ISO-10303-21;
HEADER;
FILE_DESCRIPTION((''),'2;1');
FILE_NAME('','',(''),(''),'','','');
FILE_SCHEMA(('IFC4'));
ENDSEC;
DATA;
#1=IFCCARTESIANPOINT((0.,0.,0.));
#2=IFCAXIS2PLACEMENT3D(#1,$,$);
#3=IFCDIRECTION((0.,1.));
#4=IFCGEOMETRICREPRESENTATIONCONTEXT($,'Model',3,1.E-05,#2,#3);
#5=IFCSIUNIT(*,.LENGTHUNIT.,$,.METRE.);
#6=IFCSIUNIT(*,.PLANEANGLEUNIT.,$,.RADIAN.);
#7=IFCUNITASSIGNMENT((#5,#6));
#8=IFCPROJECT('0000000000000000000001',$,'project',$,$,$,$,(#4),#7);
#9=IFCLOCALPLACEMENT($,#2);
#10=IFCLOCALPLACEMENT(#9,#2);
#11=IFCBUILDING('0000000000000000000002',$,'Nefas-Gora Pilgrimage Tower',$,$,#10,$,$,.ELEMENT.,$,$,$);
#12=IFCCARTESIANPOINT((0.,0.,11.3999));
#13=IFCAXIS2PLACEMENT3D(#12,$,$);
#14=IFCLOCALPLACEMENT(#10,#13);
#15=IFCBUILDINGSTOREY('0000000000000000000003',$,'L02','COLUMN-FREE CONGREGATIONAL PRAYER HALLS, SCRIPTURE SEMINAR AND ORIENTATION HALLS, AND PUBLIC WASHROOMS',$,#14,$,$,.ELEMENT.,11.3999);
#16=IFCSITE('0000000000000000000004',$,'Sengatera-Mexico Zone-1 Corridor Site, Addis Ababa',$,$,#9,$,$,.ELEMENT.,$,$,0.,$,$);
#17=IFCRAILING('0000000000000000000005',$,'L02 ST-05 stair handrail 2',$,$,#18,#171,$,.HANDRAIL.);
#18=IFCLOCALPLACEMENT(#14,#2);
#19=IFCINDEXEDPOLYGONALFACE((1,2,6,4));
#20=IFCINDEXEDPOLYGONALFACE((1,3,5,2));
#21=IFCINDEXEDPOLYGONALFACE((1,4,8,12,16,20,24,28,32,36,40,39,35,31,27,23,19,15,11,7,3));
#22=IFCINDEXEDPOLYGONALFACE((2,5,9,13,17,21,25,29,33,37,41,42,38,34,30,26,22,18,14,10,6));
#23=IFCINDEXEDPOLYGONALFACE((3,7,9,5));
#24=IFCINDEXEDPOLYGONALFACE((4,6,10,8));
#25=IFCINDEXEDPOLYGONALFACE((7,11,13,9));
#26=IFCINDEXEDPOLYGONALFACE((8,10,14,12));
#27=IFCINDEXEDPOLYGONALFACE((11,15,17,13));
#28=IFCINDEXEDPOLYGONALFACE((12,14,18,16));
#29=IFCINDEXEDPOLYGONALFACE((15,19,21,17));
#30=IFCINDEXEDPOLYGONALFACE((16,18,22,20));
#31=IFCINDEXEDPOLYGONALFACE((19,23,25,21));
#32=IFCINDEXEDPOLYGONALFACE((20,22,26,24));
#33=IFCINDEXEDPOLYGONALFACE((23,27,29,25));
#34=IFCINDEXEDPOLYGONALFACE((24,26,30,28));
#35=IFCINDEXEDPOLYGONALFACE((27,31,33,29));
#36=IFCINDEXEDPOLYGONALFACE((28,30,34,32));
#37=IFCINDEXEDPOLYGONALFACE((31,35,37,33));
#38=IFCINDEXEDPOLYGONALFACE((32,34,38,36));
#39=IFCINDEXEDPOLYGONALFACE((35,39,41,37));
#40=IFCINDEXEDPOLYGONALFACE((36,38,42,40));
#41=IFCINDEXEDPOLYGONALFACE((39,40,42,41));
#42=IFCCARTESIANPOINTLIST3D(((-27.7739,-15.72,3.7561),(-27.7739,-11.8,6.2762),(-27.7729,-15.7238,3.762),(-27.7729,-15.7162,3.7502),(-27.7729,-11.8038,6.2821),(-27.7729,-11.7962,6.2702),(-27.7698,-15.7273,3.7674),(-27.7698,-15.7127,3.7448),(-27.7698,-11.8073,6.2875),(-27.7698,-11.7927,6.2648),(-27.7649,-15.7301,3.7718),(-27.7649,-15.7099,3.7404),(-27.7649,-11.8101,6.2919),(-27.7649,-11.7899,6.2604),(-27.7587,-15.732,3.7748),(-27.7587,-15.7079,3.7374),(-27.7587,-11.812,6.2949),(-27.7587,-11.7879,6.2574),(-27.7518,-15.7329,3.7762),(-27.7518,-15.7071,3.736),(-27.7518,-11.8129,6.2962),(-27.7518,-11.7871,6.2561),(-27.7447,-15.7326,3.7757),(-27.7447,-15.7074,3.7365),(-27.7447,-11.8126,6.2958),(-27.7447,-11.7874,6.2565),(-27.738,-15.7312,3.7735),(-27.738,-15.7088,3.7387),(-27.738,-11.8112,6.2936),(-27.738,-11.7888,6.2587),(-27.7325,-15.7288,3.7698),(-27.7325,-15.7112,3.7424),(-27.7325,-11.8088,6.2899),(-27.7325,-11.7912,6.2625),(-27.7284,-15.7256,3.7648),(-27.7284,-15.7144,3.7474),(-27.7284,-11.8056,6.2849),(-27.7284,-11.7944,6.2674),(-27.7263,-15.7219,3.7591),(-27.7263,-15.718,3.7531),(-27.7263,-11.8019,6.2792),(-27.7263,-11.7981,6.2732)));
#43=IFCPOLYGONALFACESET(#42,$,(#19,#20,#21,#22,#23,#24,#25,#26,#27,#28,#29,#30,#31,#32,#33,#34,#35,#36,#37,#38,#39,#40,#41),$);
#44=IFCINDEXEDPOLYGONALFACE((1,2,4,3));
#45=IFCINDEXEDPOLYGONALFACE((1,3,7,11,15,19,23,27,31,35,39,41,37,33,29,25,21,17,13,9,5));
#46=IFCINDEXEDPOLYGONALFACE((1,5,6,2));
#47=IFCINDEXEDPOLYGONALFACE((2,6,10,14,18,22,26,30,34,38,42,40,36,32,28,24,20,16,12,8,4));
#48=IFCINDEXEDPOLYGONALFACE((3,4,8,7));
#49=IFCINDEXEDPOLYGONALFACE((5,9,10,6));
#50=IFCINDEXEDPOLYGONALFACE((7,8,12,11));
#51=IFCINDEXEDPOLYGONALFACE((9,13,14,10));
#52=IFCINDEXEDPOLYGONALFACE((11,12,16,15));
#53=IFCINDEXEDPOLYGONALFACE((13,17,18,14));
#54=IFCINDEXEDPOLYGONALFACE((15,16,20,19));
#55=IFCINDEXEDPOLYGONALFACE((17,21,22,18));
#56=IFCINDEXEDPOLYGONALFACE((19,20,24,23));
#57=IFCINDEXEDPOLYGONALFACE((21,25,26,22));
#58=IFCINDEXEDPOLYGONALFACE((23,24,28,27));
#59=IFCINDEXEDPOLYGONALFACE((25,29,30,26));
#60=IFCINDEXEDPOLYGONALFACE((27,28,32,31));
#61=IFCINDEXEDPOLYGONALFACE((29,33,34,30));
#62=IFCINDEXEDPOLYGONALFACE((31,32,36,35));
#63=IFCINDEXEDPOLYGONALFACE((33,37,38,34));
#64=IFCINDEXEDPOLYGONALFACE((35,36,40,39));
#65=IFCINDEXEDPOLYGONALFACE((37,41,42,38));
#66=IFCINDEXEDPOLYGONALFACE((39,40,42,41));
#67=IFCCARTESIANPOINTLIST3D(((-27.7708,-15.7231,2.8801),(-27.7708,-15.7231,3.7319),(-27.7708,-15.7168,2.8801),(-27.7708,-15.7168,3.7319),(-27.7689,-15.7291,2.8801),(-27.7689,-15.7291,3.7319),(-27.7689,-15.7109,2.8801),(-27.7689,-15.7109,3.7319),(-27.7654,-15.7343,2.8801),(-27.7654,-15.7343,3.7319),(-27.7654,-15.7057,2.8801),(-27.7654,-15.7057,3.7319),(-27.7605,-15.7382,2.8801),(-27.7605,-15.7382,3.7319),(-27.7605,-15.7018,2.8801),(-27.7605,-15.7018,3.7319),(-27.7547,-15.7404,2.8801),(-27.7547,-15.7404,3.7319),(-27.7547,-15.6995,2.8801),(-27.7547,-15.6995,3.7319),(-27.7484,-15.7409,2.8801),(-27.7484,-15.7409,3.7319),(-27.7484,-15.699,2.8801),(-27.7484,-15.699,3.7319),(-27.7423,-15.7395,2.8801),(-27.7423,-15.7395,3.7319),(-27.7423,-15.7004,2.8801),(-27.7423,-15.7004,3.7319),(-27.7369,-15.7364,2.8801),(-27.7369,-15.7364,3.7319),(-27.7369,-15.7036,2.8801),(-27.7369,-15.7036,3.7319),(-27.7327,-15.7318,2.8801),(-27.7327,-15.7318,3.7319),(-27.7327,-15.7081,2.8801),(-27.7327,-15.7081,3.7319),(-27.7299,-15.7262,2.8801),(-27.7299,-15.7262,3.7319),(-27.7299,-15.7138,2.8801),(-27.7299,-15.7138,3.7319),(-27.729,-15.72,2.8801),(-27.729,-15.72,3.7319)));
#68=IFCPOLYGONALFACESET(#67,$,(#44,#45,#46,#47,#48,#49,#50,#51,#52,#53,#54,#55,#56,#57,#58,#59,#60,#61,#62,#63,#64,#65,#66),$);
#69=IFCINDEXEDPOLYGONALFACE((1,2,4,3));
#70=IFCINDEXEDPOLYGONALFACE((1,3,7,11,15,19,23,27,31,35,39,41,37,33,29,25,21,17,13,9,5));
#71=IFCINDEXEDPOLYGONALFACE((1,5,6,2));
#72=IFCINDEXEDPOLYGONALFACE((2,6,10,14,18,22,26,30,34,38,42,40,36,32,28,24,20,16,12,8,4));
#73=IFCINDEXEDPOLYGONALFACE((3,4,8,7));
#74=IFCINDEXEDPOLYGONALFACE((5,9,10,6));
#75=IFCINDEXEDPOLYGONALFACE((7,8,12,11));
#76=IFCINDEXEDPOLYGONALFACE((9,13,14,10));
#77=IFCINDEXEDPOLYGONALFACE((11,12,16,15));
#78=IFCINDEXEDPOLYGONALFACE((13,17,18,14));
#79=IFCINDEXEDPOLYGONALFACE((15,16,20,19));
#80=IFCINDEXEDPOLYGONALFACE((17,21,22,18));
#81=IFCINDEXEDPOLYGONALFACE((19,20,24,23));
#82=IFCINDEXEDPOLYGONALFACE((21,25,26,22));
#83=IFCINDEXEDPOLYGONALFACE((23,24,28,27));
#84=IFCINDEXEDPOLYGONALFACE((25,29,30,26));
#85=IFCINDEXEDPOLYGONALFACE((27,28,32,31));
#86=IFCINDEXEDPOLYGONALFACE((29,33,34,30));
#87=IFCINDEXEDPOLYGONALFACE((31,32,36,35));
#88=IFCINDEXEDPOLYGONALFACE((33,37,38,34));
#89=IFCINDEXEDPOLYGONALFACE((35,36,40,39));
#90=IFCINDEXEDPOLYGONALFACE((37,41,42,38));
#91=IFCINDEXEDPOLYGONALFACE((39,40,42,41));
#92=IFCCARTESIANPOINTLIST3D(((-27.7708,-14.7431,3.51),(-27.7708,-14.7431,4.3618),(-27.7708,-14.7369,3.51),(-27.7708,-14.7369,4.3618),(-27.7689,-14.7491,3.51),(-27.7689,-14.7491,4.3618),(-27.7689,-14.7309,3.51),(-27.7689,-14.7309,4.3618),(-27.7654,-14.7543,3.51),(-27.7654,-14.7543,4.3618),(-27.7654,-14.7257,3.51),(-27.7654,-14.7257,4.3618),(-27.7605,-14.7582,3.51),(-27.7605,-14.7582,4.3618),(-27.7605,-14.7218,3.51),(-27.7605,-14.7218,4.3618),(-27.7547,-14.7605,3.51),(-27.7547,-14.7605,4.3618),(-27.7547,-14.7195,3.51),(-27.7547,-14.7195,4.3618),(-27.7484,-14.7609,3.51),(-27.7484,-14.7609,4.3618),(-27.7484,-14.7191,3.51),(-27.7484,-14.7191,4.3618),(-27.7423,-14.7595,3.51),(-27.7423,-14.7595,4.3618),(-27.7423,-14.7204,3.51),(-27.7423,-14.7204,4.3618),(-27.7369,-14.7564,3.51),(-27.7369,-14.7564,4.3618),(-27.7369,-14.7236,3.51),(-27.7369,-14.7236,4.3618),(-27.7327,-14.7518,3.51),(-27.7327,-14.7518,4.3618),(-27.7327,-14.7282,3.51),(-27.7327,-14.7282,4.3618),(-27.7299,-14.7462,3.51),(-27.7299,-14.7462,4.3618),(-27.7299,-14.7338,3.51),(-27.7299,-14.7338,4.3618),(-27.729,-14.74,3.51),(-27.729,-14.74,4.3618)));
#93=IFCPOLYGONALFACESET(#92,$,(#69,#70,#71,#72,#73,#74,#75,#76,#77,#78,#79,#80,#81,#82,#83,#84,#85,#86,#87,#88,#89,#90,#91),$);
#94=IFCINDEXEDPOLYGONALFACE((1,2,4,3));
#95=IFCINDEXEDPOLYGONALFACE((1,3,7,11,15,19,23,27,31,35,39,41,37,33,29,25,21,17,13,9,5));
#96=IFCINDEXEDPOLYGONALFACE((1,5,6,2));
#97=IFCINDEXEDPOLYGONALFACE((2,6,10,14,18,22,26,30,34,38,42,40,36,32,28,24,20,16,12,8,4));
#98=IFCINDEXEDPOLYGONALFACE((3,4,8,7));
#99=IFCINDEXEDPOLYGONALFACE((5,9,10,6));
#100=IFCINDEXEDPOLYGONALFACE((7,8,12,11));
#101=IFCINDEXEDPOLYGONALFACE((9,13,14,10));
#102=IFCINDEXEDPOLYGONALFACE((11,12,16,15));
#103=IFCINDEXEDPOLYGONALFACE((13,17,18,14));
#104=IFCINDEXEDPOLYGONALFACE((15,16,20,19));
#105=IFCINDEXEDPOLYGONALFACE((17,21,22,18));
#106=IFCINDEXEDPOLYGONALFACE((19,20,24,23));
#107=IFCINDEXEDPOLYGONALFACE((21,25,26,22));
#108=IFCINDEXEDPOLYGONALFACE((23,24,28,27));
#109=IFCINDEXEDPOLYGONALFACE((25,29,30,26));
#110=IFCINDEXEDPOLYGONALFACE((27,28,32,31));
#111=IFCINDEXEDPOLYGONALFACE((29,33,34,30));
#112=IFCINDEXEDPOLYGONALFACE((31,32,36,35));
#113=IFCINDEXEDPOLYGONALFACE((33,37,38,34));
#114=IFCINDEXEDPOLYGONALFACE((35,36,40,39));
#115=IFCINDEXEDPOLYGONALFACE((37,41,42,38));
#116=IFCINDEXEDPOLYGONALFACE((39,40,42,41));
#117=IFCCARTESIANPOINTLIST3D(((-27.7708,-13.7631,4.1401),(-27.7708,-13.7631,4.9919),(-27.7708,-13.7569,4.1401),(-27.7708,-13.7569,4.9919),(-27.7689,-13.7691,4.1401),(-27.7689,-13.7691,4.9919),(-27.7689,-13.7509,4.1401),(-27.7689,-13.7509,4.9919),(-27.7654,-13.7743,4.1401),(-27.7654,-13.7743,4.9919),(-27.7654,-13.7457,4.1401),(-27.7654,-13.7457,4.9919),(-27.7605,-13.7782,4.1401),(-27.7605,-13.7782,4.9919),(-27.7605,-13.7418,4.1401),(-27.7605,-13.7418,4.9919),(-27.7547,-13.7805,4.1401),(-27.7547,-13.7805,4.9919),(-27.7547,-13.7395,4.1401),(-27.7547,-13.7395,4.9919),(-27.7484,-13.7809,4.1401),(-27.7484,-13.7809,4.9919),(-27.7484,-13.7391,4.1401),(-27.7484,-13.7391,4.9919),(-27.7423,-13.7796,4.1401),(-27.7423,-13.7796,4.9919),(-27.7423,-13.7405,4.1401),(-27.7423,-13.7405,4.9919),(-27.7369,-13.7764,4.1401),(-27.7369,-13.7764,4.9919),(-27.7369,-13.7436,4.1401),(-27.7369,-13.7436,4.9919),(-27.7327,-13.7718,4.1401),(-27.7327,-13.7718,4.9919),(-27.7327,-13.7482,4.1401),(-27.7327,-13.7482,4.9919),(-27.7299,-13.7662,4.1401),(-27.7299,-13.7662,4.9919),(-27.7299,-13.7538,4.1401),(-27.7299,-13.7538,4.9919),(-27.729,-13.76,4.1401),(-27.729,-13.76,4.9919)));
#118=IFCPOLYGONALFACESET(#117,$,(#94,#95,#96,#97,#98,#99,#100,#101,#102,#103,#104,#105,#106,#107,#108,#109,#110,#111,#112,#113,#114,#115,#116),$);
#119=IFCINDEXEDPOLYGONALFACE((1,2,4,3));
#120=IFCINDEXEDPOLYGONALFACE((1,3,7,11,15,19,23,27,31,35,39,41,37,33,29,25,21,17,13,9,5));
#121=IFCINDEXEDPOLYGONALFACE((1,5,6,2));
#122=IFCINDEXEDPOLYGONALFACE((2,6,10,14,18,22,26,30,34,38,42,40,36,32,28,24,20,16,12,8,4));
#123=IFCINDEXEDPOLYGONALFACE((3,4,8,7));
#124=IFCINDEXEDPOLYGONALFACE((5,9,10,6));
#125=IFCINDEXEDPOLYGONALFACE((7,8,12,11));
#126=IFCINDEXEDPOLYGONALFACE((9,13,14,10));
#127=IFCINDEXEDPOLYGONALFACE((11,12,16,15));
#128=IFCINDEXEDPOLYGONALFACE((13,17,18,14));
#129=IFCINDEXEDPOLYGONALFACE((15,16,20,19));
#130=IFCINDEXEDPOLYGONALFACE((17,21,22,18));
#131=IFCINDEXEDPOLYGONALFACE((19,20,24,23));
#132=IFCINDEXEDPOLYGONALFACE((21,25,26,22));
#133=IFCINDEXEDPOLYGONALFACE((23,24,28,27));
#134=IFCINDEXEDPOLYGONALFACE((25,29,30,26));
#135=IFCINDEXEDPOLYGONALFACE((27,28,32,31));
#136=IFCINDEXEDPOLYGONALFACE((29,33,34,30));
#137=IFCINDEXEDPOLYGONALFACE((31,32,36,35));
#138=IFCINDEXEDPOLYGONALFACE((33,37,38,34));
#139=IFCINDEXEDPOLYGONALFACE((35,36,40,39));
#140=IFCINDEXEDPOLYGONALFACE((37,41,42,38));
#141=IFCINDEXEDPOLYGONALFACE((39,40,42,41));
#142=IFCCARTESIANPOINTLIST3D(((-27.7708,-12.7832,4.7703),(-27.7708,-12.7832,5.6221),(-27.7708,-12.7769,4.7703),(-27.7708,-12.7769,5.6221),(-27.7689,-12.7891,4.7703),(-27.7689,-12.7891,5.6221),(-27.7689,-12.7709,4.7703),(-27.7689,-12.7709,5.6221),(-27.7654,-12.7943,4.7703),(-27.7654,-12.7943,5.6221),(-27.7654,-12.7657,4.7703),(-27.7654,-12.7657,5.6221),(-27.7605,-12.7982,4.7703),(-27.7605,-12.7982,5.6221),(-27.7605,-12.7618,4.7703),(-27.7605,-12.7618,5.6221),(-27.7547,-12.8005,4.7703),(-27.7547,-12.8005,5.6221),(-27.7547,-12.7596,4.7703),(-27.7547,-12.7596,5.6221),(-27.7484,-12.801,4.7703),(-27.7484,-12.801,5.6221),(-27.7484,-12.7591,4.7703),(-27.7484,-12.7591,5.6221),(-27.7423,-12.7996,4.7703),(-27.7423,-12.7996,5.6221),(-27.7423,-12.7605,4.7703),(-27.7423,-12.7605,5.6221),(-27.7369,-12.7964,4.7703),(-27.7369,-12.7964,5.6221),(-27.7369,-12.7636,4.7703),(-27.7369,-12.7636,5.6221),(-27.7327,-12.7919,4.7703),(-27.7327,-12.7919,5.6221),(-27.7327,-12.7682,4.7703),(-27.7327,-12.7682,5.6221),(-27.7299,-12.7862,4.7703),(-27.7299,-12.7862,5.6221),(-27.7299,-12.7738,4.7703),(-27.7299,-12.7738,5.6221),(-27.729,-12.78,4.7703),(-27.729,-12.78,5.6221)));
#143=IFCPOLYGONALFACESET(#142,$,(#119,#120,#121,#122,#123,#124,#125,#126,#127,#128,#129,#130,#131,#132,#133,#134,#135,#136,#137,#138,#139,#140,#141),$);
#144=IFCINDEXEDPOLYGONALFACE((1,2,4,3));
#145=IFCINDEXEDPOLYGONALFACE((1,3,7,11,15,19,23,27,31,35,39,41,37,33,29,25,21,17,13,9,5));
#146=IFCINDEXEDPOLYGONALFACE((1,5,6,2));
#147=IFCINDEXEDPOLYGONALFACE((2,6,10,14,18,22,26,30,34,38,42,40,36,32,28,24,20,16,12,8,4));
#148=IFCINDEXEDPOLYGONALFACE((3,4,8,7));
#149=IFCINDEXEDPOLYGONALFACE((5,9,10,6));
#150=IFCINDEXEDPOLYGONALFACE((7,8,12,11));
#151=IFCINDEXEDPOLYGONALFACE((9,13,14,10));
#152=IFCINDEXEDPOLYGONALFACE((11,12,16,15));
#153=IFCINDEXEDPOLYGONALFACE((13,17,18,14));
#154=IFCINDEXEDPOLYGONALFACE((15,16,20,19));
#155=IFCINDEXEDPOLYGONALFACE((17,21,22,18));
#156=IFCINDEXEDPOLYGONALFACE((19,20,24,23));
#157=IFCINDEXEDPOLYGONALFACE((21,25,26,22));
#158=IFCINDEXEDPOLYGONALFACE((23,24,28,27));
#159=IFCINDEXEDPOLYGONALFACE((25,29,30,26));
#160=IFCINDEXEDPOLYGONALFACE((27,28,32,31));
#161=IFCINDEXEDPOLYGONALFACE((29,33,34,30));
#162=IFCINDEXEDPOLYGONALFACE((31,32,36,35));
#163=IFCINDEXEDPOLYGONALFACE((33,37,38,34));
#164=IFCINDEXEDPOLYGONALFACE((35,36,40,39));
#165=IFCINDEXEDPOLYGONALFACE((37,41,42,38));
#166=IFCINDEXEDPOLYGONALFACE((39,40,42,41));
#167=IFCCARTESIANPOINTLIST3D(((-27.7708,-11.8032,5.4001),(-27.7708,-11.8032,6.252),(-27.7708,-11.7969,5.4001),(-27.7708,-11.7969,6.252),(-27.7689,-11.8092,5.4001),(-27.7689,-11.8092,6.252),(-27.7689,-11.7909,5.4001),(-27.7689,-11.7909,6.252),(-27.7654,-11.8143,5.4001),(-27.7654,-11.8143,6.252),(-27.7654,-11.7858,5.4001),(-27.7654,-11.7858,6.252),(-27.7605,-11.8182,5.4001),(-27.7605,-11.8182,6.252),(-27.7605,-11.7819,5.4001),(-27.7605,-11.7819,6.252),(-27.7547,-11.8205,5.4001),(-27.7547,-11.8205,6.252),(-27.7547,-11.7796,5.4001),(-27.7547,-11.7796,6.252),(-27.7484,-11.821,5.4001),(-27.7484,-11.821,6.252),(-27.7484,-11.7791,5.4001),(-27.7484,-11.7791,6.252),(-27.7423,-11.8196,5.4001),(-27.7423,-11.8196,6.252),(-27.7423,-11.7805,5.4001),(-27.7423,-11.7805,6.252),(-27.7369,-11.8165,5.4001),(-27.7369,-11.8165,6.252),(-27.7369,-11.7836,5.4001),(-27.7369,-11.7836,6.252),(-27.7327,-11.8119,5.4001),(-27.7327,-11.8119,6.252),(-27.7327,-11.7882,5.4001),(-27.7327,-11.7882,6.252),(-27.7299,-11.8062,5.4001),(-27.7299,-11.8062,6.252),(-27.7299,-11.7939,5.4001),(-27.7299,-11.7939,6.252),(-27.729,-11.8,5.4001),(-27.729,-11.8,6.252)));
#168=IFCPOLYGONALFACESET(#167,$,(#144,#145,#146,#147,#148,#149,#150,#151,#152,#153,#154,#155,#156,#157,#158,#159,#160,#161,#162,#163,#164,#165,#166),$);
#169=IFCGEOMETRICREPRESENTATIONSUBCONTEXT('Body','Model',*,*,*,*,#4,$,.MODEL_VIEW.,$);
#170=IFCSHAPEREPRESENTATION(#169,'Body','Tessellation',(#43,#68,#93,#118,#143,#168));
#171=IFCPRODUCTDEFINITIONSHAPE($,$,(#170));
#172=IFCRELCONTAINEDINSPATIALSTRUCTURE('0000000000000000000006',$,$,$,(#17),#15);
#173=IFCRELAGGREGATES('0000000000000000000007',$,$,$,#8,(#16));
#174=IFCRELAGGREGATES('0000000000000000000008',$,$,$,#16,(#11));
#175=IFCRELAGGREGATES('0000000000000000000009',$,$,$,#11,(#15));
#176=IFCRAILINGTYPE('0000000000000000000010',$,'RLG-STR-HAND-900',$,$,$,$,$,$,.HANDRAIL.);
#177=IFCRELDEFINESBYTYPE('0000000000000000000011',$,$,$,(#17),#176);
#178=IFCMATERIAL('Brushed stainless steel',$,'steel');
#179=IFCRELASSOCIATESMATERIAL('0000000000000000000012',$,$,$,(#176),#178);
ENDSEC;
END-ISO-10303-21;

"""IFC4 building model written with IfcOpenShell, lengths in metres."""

from ifc_helpers import new_model, si_unit, direction, frame, origin, origin_2d, place, context, subcontext, project, spatial, circle, extrude, material, type_object, element, save


model = new_model("IFC4")

# Units and contexts
model_context = context("Model", 3, precision=1e-05, world=origin(), true_north=direction((0.0, 1.0)))
body_context = subcontext(model_context, "Body", "Model", "MODEL_VIEW")
ifc_project = project(units=[si_unit("LENGTHUNIT", "METRE"), si_unit("PLANEANGLEUNIT", "RADIAN")], contexts=[model_context])

# Site, building, storey
site_placement = place(None, origin())
site = spatial("IfcSite", under=ifc_project, at=site_placement, Name="Sengatera-Mexico Zone-1 Corridor Site, Addis Ababa", CompositionType="ELEMENT", RefElevation=0.0)
building_placement = place(site_placement, origin())
building = spatial("IfcBuilding", under=site, at=building_placement, Name="Nefas-Gora Pilgrimage Tower", CompositionType="ELEMENT")
storey_placement = place(building_placement, frame((0.0, 0.0, 11.3999)))
storey = spatial("IfcBuildingStorey", under=building, at=storey_placement, Name="L02", Description="COLUMN-FREE CONGREGATIONAL PRAYER HALLS, SCRIPTURE SEMINAR AND ORIENTATION HALLS, AND PUBLIC WASHROOMS", CompositionType="ELEMENT", Elevation=11.3999)

# Railing
ifc_material_1 = material(Name="Brushed stainless steel", Category="steel")
railing_type_1 = type_object("IfcRailingType", Name="RLG-STR-HAND-900", PredefinedType="HANDRAIL", material=ifc_material_1)
railing_1_placement = place(storey_placement, frame((-27.75, -15.72, 2.8801)))
element("IfcRailing", 1, at=railing_1_placement, inside=storey, type_object=railing_type_1, Name="L02 ST-05 stair handrail 2", PredefinedType="HANDRAIL", context=body_context, shape_type="SweptSolid", body=[
    extrude(circle(Radius=0.0239, at=origin_2d()), frame((0.0, 0.0, 0.876), z_axis=(0.0, 0.841172, 0.540768), x_axis=(-1.0, 0.0, 0.0)), (0.0, 0.0, 1.0), 4.6602),
    extrude(circle(Radius=0.021, at=origin_2d()), origin(), (0.0, 0.0, 1.0), 0.8518),
    extrude(circle(Radius=0.021, at=origin_2d()), frame((0.0, 0.98, 0.6299)), (0.0, 0.0, 1.0), 0.8518),
    extrude(circle(Radius=0.021, at=origin_2d()), frame((0.0, 1.96, 1.26)), (0.0, 0.0, 1.0), 0.8518),
    extrude(circle(Radius=0.021, at=origin_2d()), frame((0.0, 2.9399, 1.8901)), (0.0, 0.0, 1.0), 0.8518),
    extrude(circle(Radius=0.021, at=origin_2d()), frame((0.0, 3.9199, 2.52)), (0.0, 0.0, 1.0), 0.8518),
])

save(model, "model.ifc")
